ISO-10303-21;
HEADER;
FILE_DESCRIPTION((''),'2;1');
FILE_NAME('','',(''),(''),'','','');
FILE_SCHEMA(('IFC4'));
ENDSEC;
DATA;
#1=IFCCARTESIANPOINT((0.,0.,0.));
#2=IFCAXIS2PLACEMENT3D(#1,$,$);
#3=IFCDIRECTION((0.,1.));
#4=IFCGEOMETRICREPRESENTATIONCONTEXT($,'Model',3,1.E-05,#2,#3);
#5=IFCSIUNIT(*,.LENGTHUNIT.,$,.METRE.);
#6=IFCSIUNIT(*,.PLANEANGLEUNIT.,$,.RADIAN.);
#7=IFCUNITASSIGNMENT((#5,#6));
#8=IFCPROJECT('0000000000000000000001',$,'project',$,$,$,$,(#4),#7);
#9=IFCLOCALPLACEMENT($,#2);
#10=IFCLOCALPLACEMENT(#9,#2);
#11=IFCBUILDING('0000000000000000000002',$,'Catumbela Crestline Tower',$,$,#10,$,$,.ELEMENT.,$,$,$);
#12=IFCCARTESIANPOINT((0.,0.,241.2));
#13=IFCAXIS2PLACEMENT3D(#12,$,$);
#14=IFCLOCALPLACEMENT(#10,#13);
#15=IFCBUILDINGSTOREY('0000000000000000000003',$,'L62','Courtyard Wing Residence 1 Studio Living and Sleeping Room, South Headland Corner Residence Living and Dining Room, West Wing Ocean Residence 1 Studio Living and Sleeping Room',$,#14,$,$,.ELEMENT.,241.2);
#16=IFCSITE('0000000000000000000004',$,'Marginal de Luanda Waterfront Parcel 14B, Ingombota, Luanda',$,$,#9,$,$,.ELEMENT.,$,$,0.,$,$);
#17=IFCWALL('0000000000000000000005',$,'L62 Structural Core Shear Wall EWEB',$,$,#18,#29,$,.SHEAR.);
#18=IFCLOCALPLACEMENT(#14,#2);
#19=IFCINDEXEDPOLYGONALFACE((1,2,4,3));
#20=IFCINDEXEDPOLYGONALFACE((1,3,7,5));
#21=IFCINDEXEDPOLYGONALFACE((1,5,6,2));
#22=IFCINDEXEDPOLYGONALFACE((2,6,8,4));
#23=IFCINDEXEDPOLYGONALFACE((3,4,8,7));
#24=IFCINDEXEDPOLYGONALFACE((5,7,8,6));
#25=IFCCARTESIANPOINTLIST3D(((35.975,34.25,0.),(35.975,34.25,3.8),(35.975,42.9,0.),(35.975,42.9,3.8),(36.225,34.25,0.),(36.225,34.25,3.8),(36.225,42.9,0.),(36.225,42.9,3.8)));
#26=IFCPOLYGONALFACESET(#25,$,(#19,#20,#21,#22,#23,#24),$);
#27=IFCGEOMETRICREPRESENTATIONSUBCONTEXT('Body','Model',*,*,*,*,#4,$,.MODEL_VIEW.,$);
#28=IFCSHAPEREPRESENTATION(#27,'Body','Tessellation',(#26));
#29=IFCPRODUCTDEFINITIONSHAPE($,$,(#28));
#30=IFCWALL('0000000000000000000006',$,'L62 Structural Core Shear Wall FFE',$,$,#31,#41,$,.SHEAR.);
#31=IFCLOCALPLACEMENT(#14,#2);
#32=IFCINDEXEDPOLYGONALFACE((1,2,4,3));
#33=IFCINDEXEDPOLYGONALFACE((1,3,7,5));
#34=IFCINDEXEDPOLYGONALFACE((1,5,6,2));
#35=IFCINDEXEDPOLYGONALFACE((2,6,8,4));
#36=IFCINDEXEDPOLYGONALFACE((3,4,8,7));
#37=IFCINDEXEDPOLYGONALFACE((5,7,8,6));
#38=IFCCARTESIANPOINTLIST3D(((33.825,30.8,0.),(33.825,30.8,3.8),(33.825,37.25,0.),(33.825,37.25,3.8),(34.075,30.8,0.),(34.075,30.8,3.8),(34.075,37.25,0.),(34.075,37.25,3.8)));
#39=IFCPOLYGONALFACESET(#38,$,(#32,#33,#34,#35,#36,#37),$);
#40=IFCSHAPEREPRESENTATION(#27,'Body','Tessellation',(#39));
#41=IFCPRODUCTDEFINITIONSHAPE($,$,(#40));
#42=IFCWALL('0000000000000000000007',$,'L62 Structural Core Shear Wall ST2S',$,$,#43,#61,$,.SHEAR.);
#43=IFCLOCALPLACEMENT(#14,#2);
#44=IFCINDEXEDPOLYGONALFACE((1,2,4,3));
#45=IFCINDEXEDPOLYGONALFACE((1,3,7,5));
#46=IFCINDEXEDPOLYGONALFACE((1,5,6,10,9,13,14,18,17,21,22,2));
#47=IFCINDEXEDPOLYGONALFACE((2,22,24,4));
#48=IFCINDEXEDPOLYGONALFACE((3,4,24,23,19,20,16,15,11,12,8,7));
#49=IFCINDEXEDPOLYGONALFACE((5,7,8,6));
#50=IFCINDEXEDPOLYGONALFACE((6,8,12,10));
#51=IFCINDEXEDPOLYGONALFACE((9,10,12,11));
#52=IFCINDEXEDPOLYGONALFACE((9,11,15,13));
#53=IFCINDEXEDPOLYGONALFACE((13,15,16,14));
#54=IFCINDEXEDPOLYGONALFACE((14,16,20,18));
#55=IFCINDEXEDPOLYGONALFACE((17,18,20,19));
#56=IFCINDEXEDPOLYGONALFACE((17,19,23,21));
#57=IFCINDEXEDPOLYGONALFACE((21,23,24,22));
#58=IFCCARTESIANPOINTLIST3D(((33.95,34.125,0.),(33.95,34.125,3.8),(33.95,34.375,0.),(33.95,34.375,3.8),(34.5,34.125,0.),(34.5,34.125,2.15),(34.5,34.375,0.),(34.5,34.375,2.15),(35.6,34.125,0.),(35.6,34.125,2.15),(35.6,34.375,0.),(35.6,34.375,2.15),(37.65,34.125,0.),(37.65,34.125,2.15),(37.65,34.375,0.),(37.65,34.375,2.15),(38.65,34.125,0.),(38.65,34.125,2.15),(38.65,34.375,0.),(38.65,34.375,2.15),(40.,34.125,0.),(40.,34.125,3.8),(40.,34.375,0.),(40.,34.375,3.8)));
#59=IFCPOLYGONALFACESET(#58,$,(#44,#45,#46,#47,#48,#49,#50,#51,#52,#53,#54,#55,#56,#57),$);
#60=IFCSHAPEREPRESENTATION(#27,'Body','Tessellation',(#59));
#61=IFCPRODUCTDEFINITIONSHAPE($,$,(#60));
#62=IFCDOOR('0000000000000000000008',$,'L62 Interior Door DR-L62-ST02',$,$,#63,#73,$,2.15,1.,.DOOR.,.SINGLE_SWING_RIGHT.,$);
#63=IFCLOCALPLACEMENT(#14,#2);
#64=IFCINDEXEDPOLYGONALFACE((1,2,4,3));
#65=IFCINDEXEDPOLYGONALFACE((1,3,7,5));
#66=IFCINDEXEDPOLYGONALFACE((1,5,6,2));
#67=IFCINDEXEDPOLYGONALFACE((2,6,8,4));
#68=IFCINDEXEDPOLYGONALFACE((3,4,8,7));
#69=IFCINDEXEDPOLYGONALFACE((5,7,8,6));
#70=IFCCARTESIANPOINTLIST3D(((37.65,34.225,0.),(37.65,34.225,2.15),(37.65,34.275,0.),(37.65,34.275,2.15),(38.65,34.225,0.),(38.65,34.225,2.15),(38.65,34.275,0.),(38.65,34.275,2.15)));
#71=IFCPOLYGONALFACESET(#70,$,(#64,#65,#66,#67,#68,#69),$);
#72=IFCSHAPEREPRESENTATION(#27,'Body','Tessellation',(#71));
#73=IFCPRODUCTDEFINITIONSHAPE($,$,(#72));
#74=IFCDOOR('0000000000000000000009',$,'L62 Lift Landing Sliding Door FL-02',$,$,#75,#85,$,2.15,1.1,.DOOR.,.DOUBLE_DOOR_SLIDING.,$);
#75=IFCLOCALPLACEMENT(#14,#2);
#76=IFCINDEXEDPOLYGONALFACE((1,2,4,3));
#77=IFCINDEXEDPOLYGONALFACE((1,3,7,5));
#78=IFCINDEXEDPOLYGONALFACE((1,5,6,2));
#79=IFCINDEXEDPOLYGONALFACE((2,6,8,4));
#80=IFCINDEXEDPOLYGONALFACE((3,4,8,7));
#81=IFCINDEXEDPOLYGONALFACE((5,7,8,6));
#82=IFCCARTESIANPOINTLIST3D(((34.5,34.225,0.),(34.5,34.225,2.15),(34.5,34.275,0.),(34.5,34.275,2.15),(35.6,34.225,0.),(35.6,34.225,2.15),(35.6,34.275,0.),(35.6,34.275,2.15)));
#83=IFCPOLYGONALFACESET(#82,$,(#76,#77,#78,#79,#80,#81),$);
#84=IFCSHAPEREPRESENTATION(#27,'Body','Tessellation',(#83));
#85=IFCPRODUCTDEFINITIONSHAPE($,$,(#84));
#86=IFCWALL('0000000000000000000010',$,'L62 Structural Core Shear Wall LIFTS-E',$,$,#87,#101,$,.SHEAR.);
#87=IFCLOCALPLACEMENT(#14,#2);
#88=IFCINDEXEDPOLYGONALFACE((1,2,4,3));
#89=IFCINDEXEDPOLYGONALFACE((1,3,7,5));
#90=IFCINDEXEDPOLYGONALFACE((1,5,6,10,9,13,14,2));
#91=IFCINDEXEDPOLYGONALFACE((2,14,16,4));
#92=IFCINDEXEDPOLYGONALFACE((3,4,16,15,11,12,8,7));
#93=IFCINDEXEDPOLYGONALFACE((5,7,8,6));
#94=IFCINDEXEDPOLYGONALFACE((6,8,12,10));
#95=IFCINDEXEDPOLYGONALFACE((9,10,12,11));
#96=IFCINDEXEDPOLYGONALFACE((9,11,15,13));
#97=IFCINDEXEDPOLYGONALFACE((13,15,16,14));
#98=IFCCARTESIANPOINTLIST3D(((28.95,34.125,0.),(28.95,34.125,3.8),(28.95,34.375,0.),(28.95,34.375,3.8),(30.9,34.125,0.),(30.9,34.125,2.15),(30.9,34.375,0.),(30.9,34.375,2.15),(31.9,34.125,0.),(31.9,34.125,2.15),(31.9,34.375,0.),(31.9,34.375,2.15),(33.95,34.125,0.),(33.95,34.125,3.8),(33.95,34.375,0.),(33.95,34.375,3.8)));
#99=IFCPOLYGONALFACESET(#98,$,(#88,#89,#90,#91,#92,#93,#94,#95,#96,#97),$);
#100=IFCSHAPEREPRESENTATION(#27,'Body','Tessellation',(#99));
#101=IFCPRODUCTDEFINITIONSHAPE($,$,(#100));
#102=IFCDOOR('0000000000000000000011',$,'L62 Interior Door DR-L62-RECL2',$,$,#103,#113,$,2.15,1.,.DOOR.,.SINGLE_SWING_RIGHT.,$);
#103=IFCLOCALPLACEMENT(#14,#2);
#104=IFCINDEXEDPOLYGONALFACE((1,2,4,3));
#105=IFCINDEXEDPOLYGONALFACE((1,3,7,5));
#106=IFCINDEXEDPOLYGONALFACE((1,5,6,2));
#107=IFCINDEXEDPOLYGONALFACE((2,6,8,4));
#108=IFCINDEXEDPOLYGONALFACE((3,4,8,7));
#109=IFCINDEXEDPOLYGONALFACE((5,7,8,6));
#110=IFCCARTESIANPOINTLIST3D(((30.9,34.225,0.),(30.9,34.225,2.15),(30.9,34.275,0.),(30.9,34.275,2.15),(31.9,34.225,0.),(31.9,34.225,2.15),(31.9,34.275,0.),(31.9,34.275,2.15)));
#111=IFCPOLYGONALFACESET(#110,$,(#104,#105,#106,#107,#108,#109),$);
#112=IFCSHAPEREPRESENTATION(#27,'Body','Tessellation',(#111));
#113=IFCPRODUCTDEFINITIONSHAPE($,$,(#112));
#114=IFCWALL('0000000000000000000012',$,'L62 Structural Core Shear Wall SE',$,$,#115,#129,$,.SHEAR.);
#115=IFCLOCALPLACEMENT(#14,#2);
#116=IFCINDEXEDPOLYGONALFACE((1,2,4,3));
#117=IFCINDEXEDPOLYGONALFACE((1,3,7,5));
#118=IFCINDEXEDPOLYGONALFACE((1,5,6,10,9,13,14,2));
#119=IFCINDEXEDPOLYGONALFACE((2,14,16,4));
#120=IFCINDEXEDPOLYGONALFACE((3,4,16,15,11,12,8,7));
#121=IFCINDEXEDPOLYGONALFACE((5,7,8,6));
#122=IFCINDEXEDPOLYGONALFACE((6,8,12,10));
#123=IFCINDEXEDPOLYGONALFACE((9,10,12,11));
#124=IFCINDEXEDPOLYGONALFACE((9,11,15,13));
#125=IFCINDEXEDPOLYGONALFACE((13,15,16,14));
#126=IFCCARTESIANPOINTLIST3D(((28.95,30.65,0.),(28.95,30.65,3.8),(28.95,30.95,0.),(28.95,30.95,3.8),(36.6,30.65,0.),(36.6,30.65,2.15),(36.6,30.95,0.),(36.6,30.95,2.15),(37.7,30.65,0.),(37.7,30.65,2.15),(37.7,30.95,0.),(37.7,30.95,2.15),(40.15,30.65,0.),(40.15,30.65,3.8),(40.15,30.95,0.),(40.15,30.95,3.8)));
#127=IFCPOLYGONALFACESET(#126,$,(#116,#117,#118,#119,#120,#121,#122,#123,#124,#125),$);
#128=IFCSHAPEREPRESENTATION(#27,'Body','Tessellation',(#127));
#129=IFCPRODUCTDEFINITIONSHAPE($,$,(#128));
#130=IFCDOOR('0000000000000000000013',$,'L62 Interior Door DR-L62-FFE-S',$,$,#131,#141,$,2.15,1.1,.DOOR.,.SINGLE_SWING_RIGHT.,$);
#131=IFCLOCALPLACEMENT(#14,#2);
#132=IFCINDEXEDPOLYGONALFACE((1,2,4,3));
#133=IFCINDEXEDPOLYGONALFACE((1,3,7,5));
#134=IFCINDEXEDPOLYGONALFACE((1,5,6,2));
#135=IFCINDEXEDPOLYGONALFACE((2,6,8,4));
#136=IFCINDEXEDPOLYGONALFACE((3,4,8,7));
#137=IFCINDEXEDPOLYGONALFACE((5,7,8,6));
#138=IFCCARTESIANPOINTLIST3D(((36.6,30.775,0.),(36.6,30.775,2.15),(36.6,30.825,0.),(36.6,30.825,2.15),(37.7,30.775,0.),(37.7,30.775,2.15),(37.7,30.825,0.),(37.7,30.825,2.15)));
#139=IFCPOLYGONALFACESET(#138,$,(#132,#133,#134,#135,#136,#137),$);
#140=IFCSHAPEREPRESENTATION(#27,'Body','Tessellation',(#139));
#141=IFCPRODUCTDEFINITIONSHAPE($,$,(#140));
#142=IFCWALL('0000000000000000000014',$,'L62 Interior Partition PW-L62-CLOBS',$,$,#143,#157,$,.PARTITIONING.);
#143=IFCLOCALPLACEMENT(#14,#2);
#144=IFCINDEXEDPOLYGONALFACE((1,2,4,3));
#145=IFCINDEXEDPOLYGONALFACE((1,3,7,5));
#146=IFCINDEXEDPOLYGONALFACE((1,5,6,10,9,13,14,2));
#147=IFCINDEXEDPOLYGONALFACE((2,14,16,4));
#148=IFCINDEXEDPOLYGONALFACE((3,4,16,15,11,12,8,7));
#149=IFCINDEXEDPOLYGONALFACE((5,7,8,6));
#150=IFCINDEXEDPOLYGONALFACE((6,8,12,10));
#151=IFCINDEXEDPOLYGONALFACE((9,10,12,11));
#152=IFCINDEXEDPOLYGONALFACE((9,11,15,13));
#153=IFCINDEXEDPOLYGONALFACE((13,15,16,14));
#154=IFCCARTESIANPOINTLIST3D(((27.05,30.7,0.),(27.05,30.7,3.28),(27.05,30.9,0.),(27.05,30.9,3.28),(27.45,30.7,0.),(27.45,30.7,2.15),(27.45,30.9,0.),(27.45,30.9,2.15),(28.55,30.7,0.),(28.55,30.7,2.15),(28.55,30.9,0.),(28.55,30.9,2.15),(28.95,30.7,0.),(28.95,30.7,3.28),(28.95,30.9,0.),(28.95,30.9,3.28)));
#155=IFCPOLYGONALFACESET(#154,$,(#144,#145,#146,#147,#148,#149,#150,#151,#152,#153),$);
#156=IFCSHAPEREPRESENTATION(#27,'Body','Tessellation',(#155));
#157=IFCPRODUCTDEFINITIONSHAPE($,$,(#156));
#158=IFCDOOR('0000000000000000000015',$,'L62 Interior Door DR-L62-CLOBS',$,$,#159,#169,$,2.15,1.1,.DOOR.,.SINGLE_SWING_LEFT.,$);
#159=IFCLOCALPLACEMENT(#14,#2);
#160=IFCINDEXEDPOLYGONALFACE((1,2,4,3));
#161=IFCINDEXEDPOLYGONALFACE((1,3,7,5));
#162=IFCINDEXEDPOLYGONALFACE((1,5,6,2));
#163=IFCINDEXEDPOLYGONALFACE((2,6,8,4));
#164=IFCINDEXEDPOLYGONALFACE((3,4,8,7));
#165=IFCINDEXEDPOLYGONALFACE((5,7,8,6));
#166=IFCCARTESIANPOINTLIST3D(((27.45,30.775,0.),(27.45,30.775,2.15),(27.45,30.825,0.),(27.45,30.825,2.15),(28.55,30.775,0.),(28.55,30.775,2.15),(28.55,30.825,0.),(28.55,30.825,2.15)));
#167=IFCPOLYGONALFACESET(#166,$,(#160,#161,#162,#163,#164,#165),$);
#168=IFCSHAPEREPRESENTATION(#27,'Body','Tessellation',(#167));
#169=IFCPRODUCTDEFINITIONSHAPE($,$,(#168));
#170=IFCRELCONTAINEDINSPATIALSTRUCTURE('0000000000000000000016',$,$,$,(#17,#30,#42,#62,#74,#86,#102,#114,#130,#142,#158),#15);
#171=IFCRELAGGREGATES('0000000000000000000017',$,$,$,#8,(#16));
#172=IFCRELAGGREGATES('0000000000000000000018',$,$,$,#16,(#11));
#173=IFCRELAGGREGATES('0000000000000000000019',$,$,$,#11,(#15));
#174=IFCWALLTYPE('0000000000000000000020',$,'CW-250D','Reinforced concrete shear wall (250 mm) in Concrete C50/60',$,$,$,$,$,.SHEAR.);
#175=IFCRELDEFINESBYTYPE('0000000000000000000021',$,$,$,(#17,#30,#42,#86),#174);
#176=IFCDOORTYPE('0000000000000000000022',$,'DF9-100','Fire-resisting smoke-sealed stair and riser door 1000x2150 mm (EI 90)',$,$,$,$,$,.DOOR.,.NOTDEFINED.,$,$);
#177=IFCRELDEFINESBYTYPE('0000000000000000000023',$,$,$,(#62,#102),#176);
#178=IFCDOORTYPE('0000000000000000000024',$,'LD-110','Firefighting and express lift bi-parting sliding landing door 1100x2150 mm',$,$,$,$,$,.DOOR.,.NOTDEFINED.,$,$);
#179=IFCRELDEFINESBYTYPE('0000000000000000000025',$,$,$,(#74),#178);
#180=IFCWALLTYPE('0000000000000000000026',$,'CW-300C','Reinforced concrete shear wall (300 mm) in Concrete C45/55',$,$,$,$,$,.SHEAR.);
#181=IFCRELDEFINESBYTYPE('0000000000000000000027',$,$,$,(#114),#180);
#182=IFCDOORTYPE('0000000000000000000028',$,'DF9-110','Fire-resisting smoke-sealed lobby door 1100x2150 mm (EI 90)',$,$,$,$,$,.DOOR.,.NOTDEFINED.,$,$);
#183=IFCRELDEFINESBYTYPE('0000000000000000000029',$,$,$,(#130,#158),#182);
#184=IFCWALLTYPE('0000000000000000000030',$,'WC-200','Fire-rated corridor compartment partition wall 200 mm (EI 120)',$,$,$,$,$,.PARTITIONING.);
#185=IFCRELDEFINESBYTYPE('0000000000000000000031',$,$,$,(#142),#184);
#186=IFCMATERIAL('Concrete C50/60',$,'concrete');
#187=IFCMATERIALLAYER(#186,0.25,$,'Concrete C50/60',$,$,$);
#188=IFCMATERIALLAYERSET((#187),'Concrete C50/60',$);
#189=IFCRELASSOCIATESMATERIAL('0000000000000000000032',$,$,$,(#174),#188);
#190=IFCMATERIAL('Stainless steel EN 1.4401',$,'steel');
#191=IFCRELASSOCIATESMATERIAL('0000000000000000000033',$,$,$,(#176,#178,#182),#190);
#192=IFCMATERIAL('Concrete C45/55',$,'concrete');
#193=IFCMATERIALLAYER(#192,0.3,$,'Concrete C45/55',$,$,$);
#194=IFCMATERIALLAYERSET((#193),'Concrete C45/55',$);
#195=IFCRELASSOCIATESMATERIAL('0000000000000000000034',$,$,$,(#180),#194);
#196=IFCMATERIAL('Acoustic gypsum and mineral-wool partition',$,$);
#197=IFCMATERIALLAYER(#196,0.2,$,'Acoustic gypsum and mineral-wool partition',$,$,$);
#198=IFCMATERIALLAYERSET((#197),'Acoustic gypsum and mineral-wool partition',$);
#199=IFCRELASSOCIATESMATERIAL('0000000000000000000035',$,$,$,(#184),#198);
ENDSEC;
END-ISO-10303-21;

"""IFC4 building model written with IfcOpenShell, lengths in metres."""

from ifc_helpers import new_model, si_unit, direction, frame, frame_2d, origin, place, context, subcontext, project, spatial, rectangle, extrude, material, layer, layer_set, type_object, element, fill, save


model = new_model("IFC4")

# Units and contexts
model_context = context("Model", 3, precision=1e-05, world=origin(), true_north=direction((0.0, 1.0)))
body_context = subcontext(model_context, "Body", "Model", "MODEL_VIEW")
ifc_project = project(units=[si_unit("LENGTHUNIT", "METRE"), si_unit("PLANEANGLEUNIT", "RADIAN")], contexts=[model_context])

# Site, building, storey
site_placement = place(None, origin())
site = spatial("IfcSite", under=ifc_project, at=site_placement, Name="Marginal de Luanda Waterfront Parcel 14B, Ingombota, Luanda", CompositionType="ELEMENT", RefElevation=0.0)
building_placement = place(site_placement, origin())
building = spatial("IfcBuilding", under=site, at=building_placement, Name="Catumbela Crestline Tower", CompositionType="ELEMENT")
storey_placement = place(building_placement, frame((0.0, 0.0, 241.2)))
storey = spatial("IfcBuildingStorey", under=building, at=storey_placement, Name="L62", Description="Courtyard Wing Residence 1 Studio Living and Sleeping Room, South Headland Corner Residence Living and Dining Room, West Wing Ocean Residence 1 Studio Living and Sleeping Room", CompositionType="ELEMENT", Elevation=241.2)

# Walls
ifc_material_1 = material(Name="Concrete C50/60", Category="concrete")
ifc_layer_1 = layer(ifc_material_1, 0.25, Name="Concrete C50/60")
ifc_layer_set_1 = layer_set([ifc_layer_1], Name="Concrete C50/60")
wall_type_1 = type_object("IfcWallType", Name="CW-250D", Description="Reinforced concrete shear wall (250 mm) in Concrete C50/60", PredefinedType="SHEAR", material=ifc_layer_set_1)
wall_1_placement = place(storey_placement, frame((36.1, 34.25, 0.0), z_axis=(0.0, 0.0, 1.0), x_axis=(0.0, 1.0, 0.0)))
element("IfcWall", 1, at=wall_1_placement, inside=storey, type_object=wall_type_1, Name="L62 Structural Core Shear Wall EWEB", PredefinedType="SHEAR", context=body_context, shape_type="SweptSolid", body=[
    extrude(rectangle(XDim=8.65, YDim=0.25, at=frame_2d((4.325, 0.0))), origin(), (0.0, 0.0, 1.0), 3.8),
])
wall_2_placement = place(storey_placement, frame((33.95, 30.8, 0.0), z_axis=(0.0, 0.0, 1.0), x_axis=(0.0, 1.0, 0.0)))
element("IfcWall", 2, at=wall_2_placement, inside=storey, type_object=wall_type_1, Name="L62 Structural Core Shear Wall FFE", PredefinedType="SHEAR", context=body_context, shape_type="SweptSolid", body=[
    extrude(rectangle(XDim=6.45, YDim=0.25, at=frame_2d((3.225, 0.0))), origin(), (0.0, 0.0, 1.0), 3.8),
])

# Wall, openings, doors
wall_3_placement = place(storey_placement, frame((33.95, 34.25, 0.0), z_axis=(0.0, 0.0, 1.0), x_axis=(1.0, 0.0, 0.0)))
wall_3 = element("IfcWall", 3, at=wall_3_placement, inside=storey, type_object=wall_type_1, Name="L62 Structural Core Shear Wall ST2S", PredefinedType="SHEAR", context=body_context, shape_type="SweptSolid", body=[
    extrude(rectangle(XDim=6.05, YDim=0.25, at=frame_2d((3.025, 0.0))), origin(), (0.0, 0.0, 1.0), 3.8),
])
opening_1_placement = place(wall_3_placement, frame((3.7, 0.0, 0.0)))
opening_1 = element("IfcOpeningElement", 4, at=opening_1_placement, cuts=wall_3, PredefinedType="OPENING", context=body_context, shape_type="SweptSolid", body=[
    extrude(rectangle(XDim=1.0, YDim=2.15, at=frame_2d((0.5, 1.075))), frame((0.0, 0.135, 0.0), z_axis=(0.0, -1.0, 0.0), x_axis=(1.0, 0.0, 0.0)), (0.0, 0.0, 1.0), 0.27),
])
opening_2_placement = place(wall_3_placement, frame((0.55, 0.0, 0.0)))
opening_2 = element("IfcOpeningElement", 5, at=opening_2_placement, cuts=wall_3, PredefinedType="OPENING", context=body_context, shape_type="SweptSolid", body=[
    extrude(rectangle(XDim=1.1, YDim=2.15, at=frame_2d((0.55, 1.075))), frame((0.0, 0.135, 0.0), z_axis=(0.0, -1.0, 0.0), x_axis=(1.0, 0.0, 0.0)), (0.0, 0.0, 1.0), 0.27),
])
ifc_material_2 = material(Name="Stainless steel EN 1.4401", Category="steel")
door_type_1 = type_object("IfcDoorType", Name="DF9-100", Description="Fire-resisting smoke-sealed stair and riser door 1000x2150 mm (EI 90)", OperationType="NOTDEFINED", PredefinedType="DOOR", material=ifc_material_2)
door_1_placement = place(opening_1_placement, origin())
door_1 = element("IfcDoor", 6, at=door_1_placement, inside=storey, type_object=door_type_1, Name="L62 Interior Door DR-L62-ST02", OperationType="SINGLE_SWING_RIGHT", OverallHeight=2.15, OverallWidth=1.0, PredefinedType="DOOR", context=body_context, shape_type="SweptSolid", body=[
    extrude(rectangle(XDim=1.0, YDim=2.15, at=frame_2d((0.5, 1.075))), frame((0.0, 0.025, 0.0), z_axis=(0.0, -1.0, 0.0), x_axis=(1.0, 0.0, 0.0)), (0.0, 0.0, 1.0), 0.05),
])
fill(opening_1, door_1)
door_type_2 = type_object("IfcDoorType", Name="LD-110", Description="Firefighting and express lift bi-parting sliding landing door 1100x2150 mm", OperationType="NOTDEFINED", PredefinedType="DOOR", material=ifc_material_2)
door_2_placement = place(opening_2_placement, origin())
door_2 = element("IfcDoor", 7, at=door_2_placement, inside=storey, type_object=door_type_2, Name="L62 Lift Landing Sliding Door FL-02", OperationType="DOUBLE_DOOR_SLIDING", OverallHeight=2.15, OverallWidth=1.1, PredefinedType="DOOR", context=body_context, shape_type="SweptSolid", body=[
    extrude(rectangle(XDim=1.1, YDim=2.15, at=frame_2d((0.55, 1.075))), frame((0.0, 0.025, 0.0), z_axis=(0.0, -1.0, 0.0), x_axis=(1.0, 0.0, 0.0)), (0.0, 0.0, 1.0), 0.05),
])
fill(opening_2, door_2)

# Walls, openings, doors
wall_4_placement = place(storey_placement, frame((28.95, 34.25, 0.0), z_axis=(0.0, 0.0, 1.0), x_axis=(1.0, 0.0, 0.0)))
wall_4 = element("IfcWall", 8, at=wall_4_placement, inside=storey, type_object=wall_type_1, Name="L62 Structural Core Shear Wall LIFTS-E", PredefinedType="SHEAR", context=body_context, shape_type="SweptSolid", body=[
    extrude(rectangle(XDim=5.0, YDim=0.25, at=frame_2d((2.5, 0.0))), origin(), (0.0, 0.0, 1.0), 3.8),
])
opening_3_placement = place(wall_4_placement, frame((1.95, 0.0, 0.0)))
opening_3 = element("IfcOpeningElement", 9, at=opening_3_placement, cuts=wall_4, PredefinedType="OPENING", context=body_context, shape_type="SweptSolid", body=[
    extrude(rectangle(XDim=1.0, YDim=2.15, at=frame_2d((0.5, 1.075))), frame((0.0, 0.135, 0.0), z_axis=(0.0, -1.0, 0.0), x_axis=(1.0, 0.0, 0.0)), (0.0, 0.0, 1.0), 0.27),
])
door_3_placement = place(opening_3_placement, origin())
door_3 = element("IfcDoor", 10, at=door_3_placement, inside=storey, type_object=door_type_1, Name="L62 Interior Door DR-L62-RECL2", OperationType="SINGLE_SWING_RIGHT", OverallHeight=2.15, OverallWidth=1.0, PredefinedType="DOOR", context=body_context, shape_type="SweptSolid", body=[
    extrude(rectangle(XDim=1.0, YDim=2.15, at=frame_2d((0.5, 1.075))), frame((0.0, 0.025, 0.0), z_axis=(0.0, -1.0, 0.0), x_axis=(1.0, 0.0, 0.0)), (0.0, 0.0, 1.0), 0.05),
])
fill(opening_3, door_3)
ifc_material_3 = material(Name="Concrete C45/55", Category="concrete")
ifc_layer_2 = layer(ifc_material_3, 0.3, Name="Concrete C45/55")
ifc_layer_set_2 = layer_set([ifc_layer_2], Name="Concrete C45/55")
wall_type_2 = type_object("IfcWallType", Name="CW-300C", Description="Reinforced concrete shear wall (300 mm) in Concrete C45/55", PredefinedType="SHEAR", material=ifc_layer_set_2)
wall_5_placement = place(storey_placement, frame((28.95, 30.8, 0.0), z_axis=(0.0, 0.0, 1.0), x_axis=(1.0, 0.0, 0.0)))
wall_5 = element("IfcWall", 11, at=wall_5_placement, inside=storey, type_object=wall_type_2, Name="L62 Structural Core Shear Wall SE", PredefinedType="SHEAR", context=body_context, shape_type="SweptSolid", body=[
    extrude(rectangle(XDim=11.2, YDim=0.3, at=frame_2d((5.6, 0.0))), origin(), (0.0, 0.0, 1.0), 3.8),
])
opening_4_placement = place(wall_5_placement, frame((7.65, 0.0, 0.0)))
opening_4 = element("IfcOpeningElement", 12, at=opening_4_placement, cuts=wall_5, PredefinedType="OPENING", context=body_context, shape_type="SweptSolid", body=[
    extrude(rectangle(XDim=1.1, YDim=2.15, at=frame_2d((0.55, 1.075))), frame((0.0, 0.16, 0.0), z_axis=(0.0, -1.0, 0.0), x_axis=(1.0, 0.0, 0.0)), (0.0, 0.0, 1.0), 0.32),
])
door_type_3 = type_object("IfcDoorType", Name="DF9-110", Description="Fire-resisting smoke-sealed lobby door 1100x2150 mm (EI 90)", OperationType="NOTDEFINED", PredefinedType="DOOR", material=ifc_material_2)
door_4_placement = place(opening_4_placement, origin())
door_4 = element("IfcDoor", 13, at=door_4_placement, inside=storey, type_object=door_type_3, Name="L62 Interior Door DR-L62-FFE-S", OperationType="SINGLE_SWING_RIGHT", OverallHeight=2.15, OverallWidth=1.1, PredefinedType="DOOR", context=body_context, shape_type="SweptSolid", body=[
    extrude(rectangle(XDim=1.1, YDim=2.15, at=frame_2d((0.55, 1.075))), frame((0.0, 0.025, 0.0), z_axis=(0.0, -1.0, 0.0), x_axis=(1.0, 0.0, 0.0)), (0.0, 0.0, 1.0), 0.05),
])
fill(opening_4, door_4)
ifc_material_4 = material(Name="Acoustic gypsum and mineral-wool partition")
ifc_layer_3 = layer(ifc_material_4, 0.2, Name="Acoustic gypsum and mineral-wool partition")
ifc_layer_set_3 = layer_set([ifc_layer_3], Name="Acoustic gypsum and mineral-wool partition")
wall_type_3 = type_object("IfcWallType", Name="WC-200", Description="Fire-rated corridor compartment partition wall 200 mm (EI 120)", PredefinedType="PARTITIONING", material=ifc_layer_set_3)
wall_6_placement = place(storey_placement, frame((27.05, 30.8, 0.0), z_axis=(0.0, 0.0, 1.0), x_axis=(1.0, 0.0, 0.0)))
wall_6 = element("IfcWall", 14, at=wall_6_placement, inside=storey, type_object=wall_type_3, Name="L62 Interior Partition PW-L62-CLOBS", PredefinedType="PARTITIONING", context=body_context, shape_type="SweptSolid", body=[
    extrude(rectangle(XDim=1.9, YDim=0.2, at=frame_2d((0.95, 0.0))), origin(), (0.0, 0.0, 1.0), 3.28),
])
opening_5_placement = place(wall_6_placement, frame((0.4, 0.0, 0.0)))
opening_5 = element("IfcOpeningElement", 15, at=opening_5_placement, cuts=wall_6, PredefinedType="OPENING", context=body_context, shape_type="SweptSolid", body=[
    extrude(rectangle(XDim=1.1, YDim=2.15, at=frame_2d((0.55, 1.075))), frame((0.0, 0.11, 0.0), z_axis=(0.0, -1.0, 0.0), x_axis=(1.0, 0.0, 0.0)), (0.0, 0.0, 1.0), 0.22),
])
door_5_placement = place(opening_5_placement, origin())
door_5 = element("IfcDoor", 16, at=door_5_placement, inside=storey, type_object=door_type_3, Name="L62 Interior Door DR-L62-CLOBS", OperationType="SINGLE_SWING_LEFT", OverallHeight=2.15, OverallWidth=1.1, PredefinedType="DOOR", context=body_context, shape_type="SweptSolid", body=[
    extrude(rectangle(XDim=1.1, YDim=2.15, at=frame_2d((0.55, 1.075))), frame((0.0, 0.025, 0.0), z_axis=(0.0, -1.0, 0.0), x_axis=(1.0, 0.0, 0.0)), (0.0, 0.0, 1.0), 0.05),
])
fill(opening_5, door_5)

save(model, "model.ifc")
